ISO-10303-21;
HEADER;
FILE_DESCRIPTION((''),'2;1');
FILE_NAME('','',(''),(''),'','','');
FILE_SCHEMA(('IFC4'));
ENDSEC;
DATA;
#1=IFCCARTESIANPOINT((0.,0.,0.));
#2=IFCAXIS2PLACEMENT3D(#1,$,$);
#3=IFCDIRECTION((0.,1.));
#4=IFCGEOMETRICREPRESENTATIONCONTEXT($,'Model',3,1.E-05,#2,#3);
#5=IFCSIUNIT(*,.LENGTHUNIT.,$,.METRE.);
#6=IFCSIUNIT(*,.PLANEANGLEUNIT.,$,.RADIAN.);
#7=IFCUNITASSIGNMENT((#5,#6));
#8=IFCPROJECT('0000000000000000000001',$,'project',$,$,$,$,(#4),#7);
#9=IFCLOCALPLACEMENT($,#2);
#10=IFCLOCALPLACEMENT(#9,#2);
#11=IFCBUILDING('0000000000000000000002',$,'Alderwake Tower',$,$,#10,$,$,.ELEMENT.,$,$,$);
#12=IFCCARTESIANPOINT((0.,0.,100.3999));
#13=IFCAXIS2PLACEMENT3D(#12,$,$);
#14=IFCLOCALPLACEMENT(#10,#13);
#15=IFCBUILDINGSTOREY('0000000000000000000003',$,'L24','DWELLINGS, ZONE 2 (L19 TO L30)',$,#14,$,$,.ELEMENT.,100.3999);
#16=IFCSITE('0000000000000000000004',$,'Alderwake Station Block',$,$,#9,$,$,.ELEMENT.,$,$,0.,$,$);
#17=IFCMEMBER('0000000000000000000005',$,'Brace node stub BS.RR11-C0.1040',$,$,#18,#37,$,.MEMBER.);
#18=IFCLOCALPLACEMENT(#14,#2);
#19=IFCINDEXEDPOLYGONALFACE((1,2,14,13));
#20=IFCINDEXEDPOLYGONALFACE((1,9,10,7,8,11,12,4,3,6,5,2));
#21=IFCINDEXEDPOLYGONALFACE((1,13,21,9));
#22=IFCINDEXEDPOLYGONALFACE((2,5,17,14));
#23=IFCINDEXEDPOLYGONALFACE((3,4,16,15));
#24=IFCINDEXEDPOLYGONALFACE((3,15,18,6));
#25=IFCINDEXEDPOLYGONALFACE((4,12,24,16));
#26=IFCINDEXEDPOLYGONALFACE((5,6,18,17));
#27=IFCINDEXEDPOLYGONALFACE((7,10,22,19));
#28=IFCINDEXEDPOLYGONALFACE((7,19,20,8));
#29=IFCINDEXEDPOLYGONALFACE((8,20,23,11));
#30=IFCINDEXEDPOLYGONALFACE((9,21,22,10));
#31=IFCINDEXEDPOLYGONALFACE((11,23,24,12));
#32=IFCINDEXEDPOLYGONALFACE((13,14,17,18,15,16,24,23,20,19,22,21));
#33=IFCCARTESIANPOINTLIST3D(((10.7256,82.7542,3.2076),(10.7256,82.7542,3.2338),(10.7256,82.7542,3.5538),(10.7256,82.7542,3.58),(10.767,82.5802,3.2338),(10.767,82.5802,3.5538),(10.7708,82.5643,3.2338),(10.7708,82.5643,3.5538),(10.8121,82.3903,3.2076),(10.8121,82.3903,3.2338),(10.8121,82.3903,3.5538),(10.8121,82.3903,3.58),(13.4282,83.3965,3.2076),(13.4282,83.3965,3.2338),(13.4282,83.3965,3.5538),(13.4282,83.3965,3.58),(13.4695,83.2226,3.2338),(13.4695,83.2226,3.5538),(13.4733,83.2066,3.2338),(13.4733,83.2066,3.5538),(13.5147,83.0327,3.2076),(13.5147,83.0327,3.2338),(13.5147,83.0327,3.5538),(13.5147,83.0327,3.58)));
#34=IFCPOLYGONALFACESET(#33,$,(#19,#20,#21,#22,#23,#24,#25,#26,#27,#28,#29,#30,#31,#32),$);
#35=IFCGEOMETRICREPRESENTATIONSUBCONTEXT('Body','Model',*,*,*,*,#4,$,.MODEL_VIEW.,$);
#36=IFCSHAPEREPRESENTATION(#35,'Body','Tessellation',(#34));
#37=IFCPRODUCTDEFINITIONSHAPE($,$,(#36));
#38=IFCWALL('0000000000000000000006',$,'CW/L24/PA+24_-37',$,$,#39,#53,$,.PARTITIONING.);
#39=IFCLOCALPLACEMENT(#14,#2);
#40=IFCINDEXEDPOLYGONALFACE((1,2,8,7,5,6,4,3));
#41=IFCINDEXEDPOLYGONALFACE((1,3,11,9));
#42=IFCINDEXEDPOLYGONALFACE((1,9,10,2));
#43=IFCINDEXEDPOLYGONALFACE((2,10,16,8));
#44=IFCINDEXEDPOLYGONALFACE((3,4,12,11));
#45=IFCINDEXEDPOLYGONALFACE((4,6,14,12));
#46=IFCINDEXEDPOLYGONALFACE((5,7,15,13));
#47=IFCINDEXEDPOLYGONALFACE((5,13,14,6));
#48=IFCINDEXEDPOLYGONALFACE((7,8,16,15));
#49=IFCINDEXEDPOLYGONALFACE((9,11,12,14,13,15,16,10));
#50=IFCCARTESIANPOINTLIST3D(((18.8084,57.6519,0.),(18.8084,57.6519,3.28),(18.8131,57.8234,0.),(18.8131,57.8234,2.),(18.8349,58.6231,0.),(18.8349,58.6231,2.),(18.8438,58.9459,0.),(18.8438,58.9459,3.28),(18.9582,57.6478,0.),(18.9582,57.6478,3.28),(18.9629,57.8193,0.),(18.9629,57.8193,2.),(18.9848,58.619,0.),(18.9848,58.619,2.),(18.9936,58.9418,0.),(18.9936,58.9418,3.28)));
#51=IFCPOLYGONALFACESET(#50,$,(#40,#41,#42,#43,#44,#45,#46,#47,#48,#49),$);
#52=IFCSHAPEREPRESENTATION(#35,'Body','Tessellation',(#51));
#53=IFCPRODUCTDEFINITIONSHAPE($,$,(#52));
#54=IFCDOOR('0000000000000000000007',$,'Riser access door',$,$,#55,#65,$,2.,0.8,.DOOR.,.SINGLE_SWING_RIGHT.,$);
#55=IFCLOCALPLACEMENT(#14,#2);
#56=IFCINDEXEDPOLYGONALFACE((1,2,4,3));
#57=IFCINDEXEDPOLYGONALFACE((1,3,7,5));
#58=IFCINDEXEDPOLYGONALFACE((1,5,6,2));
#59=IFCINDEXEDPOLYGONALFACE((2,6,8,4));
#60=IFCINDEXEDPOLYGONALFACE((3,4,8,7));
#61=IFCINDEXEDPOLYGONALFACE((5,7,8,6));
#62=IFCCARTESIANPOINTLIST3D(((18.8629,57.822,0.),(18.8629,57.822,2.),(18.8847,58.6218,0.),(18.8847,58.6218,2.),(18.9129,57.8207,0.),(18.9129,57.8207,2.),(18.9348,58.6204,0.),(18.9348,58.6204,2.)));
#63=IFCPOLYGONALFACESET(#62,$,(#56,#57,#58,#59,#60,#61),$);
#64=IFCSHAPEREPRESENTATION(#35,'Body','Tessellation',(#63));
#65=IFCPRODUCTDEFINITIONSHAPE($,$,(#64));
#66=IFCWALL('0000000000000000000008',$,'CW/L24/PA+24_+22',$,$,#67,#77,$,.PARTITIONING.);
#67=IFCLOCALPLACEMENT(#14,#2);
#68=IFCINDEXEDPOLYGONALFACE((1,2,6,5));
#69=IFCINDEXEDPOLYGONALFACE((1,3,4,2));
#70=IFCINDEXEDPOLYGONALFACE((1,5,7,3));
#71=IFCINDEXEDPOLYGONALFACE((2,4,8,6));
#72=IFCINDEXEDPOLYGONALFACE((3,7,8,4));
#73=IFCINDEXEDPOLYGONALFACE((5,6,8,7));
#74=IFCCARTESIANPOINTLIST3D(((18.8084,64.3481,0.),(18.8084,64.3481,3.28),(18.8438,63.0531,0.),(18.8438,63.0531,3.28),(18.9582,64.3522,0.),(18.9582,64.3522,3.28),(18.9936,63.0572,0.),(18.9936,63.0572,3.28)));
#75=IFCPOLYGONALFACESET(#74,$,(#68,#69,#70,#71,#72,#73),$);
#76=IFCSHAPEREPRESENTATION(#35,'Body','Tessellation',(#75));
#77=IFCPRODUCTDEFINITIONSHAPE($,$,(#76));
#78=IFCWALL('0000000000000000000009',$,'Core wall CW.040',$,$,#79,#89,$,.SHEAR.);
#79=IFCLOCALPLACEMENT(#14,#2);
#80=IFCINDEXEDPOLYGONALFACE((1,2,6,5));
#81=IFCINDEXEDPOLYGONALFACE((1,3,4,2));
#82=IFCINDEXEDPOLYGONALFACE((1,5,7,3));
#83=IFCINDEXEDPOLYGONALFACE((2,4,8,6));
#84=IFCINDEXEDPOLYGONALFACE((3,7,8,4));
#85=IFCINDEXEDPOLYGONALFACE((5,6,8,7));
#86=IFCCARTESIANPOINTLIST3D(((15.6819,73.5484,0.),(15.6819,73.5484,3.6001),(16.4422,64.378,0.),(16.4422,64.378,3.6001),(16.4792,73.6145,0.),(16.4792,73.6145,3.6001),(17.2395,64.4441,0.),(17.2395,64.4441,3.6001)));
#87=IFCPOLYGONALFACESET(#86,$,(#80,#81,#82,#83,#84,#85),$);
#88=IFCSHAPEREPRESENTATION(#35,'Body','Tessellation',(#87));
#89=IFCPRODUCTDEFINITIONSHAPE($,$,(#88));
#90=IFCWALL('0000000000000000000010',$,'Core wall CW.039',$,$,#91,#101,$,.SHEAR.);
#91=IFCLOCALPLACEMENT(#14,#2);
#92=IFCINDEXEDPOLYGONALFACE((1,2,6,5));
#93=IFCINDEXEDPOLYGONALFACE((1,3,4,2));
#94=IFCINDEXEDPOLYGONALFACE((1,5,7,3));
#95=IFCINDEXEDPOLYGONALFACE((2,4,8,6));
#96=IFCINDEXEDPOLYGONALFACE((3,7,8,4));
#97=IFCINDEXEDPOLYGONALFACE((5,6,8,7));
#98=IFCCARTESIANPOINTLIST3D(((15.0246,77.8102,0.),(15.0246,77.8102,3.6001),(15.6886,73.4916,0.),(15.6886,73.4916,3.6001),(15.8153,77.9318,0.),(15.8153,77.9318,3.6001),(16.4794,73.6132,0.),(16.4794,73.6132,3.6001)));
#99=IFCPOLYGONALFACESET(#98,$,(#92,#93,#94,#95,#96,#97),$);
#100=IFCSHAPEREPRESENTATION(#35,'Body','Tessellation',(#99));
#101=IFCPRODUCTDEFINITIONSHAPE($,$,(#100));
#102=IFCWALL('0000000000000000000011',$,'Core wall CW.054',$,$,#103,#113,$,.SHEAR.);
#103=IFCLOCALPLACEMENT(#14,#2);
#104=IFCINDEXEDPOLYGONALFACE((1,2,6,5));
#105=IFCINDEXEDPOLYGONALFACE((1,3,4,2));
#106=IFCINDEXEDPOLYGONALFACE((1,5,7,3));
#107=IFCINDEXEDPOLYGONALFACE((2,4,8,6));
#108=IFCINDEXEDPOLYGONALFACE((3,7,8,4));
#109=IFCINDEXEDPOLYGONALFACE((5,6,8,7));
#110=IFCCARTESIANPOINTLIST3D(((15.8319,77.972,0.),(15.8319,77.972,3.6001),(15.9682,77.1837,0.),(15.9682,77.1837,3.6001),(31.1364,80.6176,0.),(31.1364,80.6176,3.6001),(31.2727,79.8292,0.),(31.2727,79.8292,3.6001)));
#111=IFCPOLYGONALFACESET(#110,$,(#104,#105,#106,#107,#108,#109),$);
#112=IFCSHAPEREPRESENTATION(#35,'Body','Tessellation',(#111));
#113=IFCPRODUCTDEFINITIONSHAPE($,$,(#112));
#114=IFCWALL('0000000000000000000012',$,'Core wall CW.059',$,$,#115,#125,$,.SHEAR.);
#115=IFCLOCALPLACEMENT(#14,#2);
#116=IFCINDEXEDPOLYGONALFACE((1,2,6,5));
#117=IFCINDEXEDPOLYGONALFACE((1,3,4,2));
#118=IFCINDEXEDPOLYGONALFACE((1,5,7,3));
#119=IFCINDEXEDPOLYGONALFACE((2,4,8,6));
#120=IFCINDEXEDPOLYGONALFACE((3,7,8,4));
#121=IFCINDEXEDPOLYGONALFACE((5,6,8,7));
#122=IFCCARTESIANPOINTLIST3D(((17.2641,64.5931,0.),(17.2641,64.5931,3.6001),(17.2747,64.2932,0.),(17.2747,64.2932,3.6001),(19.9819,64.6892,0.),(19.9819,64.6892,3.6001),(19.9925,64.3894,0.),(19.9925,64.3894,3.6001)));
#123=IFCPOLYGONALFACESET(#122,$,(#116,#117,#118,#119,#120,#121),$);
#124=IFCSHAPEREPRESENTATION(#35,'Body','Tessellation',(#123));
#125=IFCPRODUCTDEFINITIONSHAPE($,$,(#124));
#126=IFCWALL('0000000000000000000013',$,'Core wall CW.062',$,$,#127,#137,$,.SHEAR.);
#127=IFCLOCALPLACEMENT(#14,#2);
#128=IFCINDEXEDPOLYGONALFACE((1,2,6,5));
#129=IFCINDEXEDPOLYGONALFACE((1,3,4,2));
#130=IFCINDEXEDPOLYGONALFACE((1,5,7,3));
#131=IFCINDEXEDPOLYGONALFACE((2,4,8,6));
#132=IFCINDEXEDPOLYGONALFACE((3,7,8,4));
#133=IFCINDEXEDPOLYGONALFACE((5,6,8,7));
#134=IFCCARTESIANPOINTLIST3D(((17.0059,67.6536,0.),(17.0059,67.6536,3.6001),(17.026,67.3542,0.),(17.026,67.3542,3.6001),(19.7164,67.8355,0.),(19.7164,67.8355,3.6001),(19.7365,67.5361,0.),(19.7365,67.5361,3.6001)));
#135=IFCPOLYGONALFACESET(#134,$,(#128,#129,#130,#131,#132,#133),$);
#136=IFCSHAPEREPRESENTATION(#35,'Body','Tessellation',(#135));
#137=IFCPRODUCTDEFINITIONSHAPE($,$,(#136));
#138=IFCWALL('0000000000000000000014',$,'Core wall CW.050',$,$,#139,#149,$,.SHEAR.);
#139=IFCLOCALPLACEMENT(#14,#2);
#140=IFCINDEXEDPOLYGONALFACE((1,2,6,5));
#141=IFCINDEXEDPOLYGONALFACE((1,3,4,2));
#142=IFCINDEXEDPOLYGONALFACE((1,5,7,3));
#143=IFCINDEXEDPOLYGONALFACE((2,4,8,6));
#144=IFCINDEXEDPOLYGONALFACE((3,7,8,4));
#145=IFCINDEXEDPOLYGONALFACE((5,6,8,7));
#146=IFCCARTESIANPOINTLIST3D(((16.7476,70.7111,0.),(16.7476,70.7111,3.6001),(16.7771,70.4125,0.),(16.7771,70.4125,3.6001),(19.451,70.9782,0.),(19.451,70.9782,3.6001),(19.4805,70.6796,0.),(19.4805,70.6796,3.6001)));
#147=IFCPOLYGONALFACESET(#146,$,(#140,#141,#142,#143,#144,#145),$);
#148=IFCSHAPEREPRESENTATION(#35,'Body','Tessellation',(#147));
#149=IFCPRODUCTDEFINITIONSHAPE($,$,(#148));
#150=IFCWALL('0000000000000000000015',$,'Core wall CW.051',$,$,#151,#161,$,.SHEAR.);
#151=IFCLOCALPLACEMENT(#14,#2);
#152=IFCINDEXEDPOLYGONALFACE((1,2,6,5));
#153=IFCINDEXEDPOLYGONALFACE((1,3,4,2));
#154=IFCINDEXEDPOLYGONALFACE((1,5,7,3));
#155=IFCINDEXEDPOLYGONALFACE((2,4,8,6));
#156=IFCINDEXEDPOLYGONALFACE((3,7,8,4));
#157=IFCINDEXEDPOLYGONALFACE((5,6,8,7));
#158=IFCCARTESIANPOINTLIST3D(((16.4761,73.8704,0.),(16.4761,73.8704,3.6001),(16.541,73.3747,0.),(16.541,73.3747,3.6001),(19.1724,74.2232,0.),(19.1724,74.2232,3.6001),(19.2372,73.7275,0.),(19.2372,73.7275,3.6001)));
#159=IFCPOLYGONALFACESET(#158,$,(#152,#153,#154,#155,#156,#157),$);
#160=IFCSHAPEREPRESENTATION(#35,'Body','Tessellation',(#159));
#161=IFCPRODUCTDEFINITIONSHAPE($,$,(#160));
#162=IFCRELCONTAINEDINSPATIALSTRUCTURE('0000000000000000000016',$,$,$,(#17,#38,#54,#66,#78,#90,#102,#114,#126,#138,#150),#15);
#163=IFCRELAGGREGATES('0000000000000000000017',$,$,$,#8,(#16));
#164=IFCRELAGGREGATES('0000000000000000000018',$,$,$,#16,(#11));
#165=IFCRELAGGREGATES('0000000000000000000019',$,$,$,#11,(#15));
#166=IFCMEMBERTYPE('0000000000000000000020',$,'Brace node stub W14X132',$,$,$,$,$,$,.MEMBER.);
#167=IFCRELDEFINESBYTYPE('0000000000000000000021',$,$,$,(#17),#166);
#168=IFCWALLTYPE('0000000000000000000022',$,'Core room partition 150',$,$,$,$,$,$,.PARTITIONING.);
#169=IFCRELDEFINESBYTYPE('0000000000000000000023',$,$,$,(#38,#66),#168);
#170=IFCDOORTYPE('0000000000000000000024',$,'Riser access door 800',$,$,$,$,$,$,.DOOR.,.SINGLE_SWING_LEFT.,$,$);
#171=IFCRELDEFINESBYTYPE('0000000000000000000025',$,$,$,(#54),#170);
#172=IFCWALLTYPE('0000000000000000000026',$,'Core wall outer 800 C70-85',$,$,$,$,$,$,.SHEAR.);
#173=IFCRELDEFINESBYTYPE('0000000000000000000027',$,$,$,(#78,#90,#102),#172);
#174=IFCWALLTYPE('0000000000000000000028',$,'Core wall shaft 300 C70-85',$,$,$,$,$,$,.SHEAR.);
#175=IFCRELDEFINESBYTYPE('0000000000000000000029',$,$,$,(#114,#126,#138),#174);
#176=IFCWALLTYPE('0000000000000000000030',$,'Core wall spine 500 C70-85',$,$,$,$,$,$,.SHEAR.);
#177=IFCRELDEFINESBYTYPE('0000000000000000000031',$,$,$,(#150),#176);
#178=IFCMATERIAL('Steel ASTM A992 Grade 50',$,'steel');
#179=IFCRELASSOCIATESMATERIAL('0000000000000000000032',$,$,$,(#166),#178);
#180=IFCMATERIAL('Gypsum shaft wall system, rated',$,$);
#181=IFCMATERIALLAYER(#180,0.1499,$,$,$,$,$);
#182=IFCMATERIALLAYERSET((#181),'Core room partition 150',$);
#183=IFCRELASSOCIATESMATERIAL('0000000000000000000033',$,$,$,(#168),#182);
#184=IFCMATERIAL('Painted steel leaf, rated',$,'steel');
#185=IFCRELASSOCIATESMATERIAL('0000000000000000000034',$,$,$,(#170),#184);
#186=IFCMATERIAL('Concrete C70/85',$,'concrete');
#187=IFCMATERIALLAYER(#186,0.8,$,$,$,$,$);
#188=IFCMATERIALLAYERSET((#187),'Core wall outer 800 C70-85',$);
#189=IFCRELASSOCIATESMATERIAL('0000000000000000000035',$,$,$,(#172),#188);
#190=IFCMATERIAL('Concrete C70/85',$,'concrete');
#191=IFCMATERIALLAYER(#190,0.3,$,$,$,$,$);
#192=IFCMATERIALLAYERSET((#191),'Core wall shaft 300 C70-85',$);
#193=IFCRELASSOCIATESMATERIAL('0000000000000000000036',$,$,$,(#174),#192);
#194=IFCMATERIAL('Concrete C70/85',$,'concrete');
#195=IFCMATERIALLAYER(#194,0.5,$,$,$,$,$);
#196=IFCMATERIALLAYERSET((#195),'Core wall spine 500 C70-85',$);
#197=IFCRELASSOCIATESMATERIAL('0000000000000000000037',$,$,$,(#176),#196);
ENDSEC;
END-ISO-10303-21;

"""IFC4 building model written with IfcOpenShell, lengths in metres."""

from ifc_helpers import new_model, si_unit, direction, frame, frame_2d, origin, origin_2d, place, context, subcontext, project, spatial, rectangle, i_section, extrude, material, layer, layer_set, material_profile, profile_set, type_object, element, fill, save


model = new_model("IFC4")

# Units and contexts
model_context = context("Model", 3, precision=1e-05, world=origin(), true_north=direction((0.0, 1.0)))
body_context = subcontext(model_context, "Body", "Model", "MODEL_VIEW")
ifc_project = project(units=[si_unit("LENGTHUNIT", "METRE"), si_unit("PLANEANGLEUNIT", "RADIAN")], contexts=[model_context])

# Site, building, storey
site_placement = place(None, origin())
site = spatial("IfcSite", under=ifc_project, at=site_placement, Name="Alderwake Station Block", CompositionType="ELEMENT", RefElevation=0.0)
building_placement = place(site_placement, origin())
building = spatial("IfcBuilding", under=site, at=building_placement, Name="Alderwake Tower", CompositionType="ELEMENT")
storey_placement = place(building_placement, frame((0.0, 0.0, 100.3999)))
storey = spatial("IfcBuildingStorey", under=building, at=storey_placement, Name="L24", Description="DWELLINGS, ZONE 2 (L19 TO L30)", CompositionType="ELEMENT", Elevation=100.3999)

# Member
ifc_material_1 = material(Name="Steel ASTM A992 Grade 50", Category="steel")
ifc_material_profile_1 = material_profile(ifc_material_1, i_section(OverallWidth=0.374, OverallDepth=0.3723, WebThickness=0.0164, FlangeThickness=0.0261, at=origin_2d()), Name="W14X132")
ifc_profile_set_1 = profile_set([ifc_material_profile_1], Name="Steel ASTM A992 Grade 50")
member_type = type_object("IfcMemberType", Name="Brace node stub W14X132", PredefinedType="MEMBER", material=ifc_profile_set_1)
member_placement = place(storey_placement, frame((13.4714, 83.2146, 3.3938), z_axis=(-0.972899, -0.231228, 0.0), x_axis=(0.231228, -0.972899, 0.0)))
element("IfcMember", 1, at=member_placement, inside=storey, type_object=member_type, Name="Brace node stub BS.RR11-C0.1040", PredefinedType="MEMBER", context=body_context, shape_type="SweptSolid", body=[
    extrude(i_section(OverallWidth=0.374, OverallDepth=0.3723, WebThickness=0.0164, FlangeThickness=0.0261, at=origin_2d()), origin(), (0.0, 0.0, 1.0), 2.7778),
])

# Wall, opening, door
ifc_material_2 = material(Name="Gypsum shaft wall system, rated")
ifc_layer_1 = layer(ifc_material_2, 0.1499)
ifc_layer_set_1 = layer_set([ifc_layer_1], Name="Core room partition 150")
wall_type_1 = type_object("IfcWallType", Name="Core room partition 150", PredefinedType="PARTITIONING", material=ifc_layer_set_1)
wall_1_placement = place(storey_placement, frame((18.9187, 58.9438, 0.0), z_axis=(0.0, 0.0, 1.0), x_axis=(-0.027348, -0.999626, 0.0)))
wall_1 = element("IfcWall", 2, at=wall_1_placement, inside=storey, type_object=wall_type_1, Name="CW/L24/PA+24_-37", PredefinedType="PARTITIONING", context=body_context, shape_type="SweptSolid", body=[
    extrude(rectangle(XDim=1.2944, YDim=0.1499, at=frame_2d((0.6472, 0.0))), origin(), (0.0, 0.0, 1.0), 3.28),
])
opening_1_placement = place(wall_1_placement, frame((0.323, 0.0, 0.0)))
opening_1 = element("IfcOpeningElement", 3, at=opening_1_placement, cuts=wall_1, PredefinedType="OPENING", context=body_context, shape_type="SweptSolid", body=[
    extrude(rectangle(XDim=0.8, YDim=2.0, at=frame_2d((0.3999, 1.0))), frame((0.0, 0.085, 0.0), z_axis=(0.0, -1.0, 0.0), x_axis=(1.0, 0.0, 0.0)), (0.0, 0.0, 1.0), 0.1699),
])
ifc_material_3 = material(Name="Painted steel leaf, rated", Category="steel")
door_type_1 = type_object("IfcDoorType", Name="Riser access door 800", OperationType="SINGLE_SWING_LEFT", PredefinedType="DOOR", material=ifc_material_3)
door_1_placement = place(opening_1_placement, origin())
door_1 = element("IfcDoor", 4, at=door_1_placement, inside=storey, type_object=door_type_1, Name="Riser access door", OperationType="SINGLE_SWING_RIGHT", OverallHeight=2.0, OverallWidth=0.8, PredefinedType="DOOR", context=body_context, shape_type="SweptSolid", body=[
    extrude(rectangle(XDim=0.8, YDim=2.0, at=frame_2d((0.3999, 1.0))), frame((0.0, 0.0249, 0.0), z_axis=(0.0, -1.0, 0.0), x_axis=(1.0, 0.0, 0.0)), (0.0, 0.0, 1.0), 0.05),
])
fill(opening_1, door_1)

# Walls
wall_2_placement = place(storey_placement, frame((18.9187, 63.0552, 0.0), z_axis=(0.0, 0.0, 1.0), x_axis=(-0.027328, 0.999627, 0.0)))
element("IfcWall", 5, at=wall_2_placement, inside=storey, type_object=wall_type_1, Name="CW/L24/PA+24_+22", PredefinedType="PARTITIONING", context=body_context, shape_type="SweptSolid", body=[
    extrude(rectangle(XDim=1.2954, YDim=0.1499, at=frame_2d((0.6477, 0.0))), origin(), (0.0, 0.0, 1.0), 3.28),
])
ifc_material_4 = material(Name="Concrete C70/85", Category="concrete")
ifc_layer_2 = layer(ifc_material_4, 0.8)
ifc_layer_set_2 = layer_set([ifc_layer_2], Name="Core wall outer 800 C70-85")
wall_type_2 = type_object("IfcWallType", Name="Core wall outer 800 C70-85", PredefinedType="SHEAR", material=ifc_layer_set_2)
wall_3_placement = place(storey_placement, frame((16.8408, 64.4109, 0.0), z_axis=(0.0, 0.0, 1.0), x_axis=(-0.08262, 0.996581, 0.0)))
element("IfcWall", 6, at=wall_3_placement, inside=storey, type_object=wall_type_2, Name="Core wall CW.040", PredefinedType="SHEAR", context=body_context, shape_type="SweptSolid", body=[
    extrude(rectangle(XDim=9.2019, YDim=0.8, at=frame_2d((4.6011, 0.0))), origin(), (0.0, 0.0, 1.0), 3.6001),
])
wall_4_placement = place(storey_placement, frame((16.084, 73.5525, 0.0), z_axis=(0.0, 0.0, 1.0), x_axis=(-0.151982, 0.988383, 0.0)))
element("IfcWall", 7, at=wall_4_placement, inside=storey, type_object=wall_type_2, Name="Core wall CW.039", PredefinedType="SHEAR", context=body_context, shape_type="SweptSolid", body=[
    extrude(rectangle(XDim=4.3694, YDim=0.8, at=frame_2d((2.1846, 0.0))), origin(), (0.0, 0.0, 1.0), 3.6001),
])
wall_5_placement = place(storey_placement, frame((15.9001, 77.5779, 0.0), z_axis=(0.0, 0.0, 1.0), x_axis=(0.985387, 0.170333, 0.0)))
element("IfcWall", 8, at=wall_5_placement, inside=storey, type_object=wall_type_2, Name="Core wall CW.054", PredefinedType="SHEAR", context=body_context, shape_type="SweptSolid", body=[
    extrude(rectangle(XDim=15.5315, YDim=0.8, at=frame_2d((7.7656, 0.0))), origin(), (0.0, 0.0, 1.0), 3.6001),
])
ifc_material_5 = material(Name="Concrete C70/85", Category="concrete")
ifc_layer_3 = layer(ifc_material_5, 0.3)
ifc_layer_set_3 = layer_set([ifc_layer_3], Name="Core wall shaft 300 C70-85")
wall_type_3 = type_object("IfcWallType", Name="Core wall shaft 300 C70-85", PredefinedType="SHEAR", material=ifc_layer_set_3)
wall_6_placement = place(storey_placement, frame((17.2693, 64.4431, 0.0), z_axis=(0.0, 0.0, 1.0), x_axis=(0.999374, 0.035371, 0.0)))
element("IfcWall", 9, at=wall_6_placement, inside=storey, type_object=wall_type_3, Name="Core wall CW.059", PredefinedType="SHEAR", context=body_context, shape_type="SweptSolid", body=[
    extrude(rectangle(XDim=2.7195, YDim=0.3, at=frame_2d((1.3599, 0.0))), origin(), (0.0, 0.0, 1.0), 3.6001),
])
for number, where, z_axis, x_axis, name in (
    (10, (17.0159, 67.5039, 0.0), (0.0, 0.0, 1.0), (0.997756, 0.066954, 0.0), "Core wall CW.062"),
    (11, (16.7622, 70.5618, 0.0), (0.0, 0.0, 1.0), (0.995155, 0.09832, 0.0), "Core wall CW.050"),
):
    element("IfcWall", number, at=place(storey_placement, frame(where, z_axis=z_axis, x_axis=x_axis)), inside=storey, type_object=wall_type_3, Name=name, PredefinedType="SHEAR", context=body_context, shape_type="SweptSolid", body=[
        extrude(rectangle(XDim=2.7166, YDim=0.3, at=frame_2d((1.3584, 0.0))), origin(), (0.0, 0.0, 1.0), 3.6001),
    ])
ifc_material_6 = material(Name="Concrete C70/85", Category="concrete")
ifc_layer_4 = layer(ifc_material_6, 0.5)
ifc_layer_set_4 = layer_set([ifc_layer_4], Name="Core wall spine 500 C70-85")
wall_type_4 = type_object("IfcWallType", Name="Core wall spine 500 C70-85", PredefinedType="SHEAR", material=ifc_layer_set_4)
wall_7_placement = place(storey_placement, frame((16.5085, 73.6226, 0.0), z_axis=(0.0, 0.0, 1.0), x_axis=(0.991549, 0.129735, 0.0)))
element("IfcWall", 12, at=wall_7_placement, inside=storey, type_object=wall_type_4, Name="Core wall CW.051", PredefinedType="SHEAR", context=body_context, shape_type="SweptSolid", body=[
    extrude(rectangle(XDim=2.7192, YDim=0.5, at=frame_2d((1.3596, 0.0))), origin(), (0.0, 0.0, 1.0), 3.6001),
])

save(model, "model.ifc")
